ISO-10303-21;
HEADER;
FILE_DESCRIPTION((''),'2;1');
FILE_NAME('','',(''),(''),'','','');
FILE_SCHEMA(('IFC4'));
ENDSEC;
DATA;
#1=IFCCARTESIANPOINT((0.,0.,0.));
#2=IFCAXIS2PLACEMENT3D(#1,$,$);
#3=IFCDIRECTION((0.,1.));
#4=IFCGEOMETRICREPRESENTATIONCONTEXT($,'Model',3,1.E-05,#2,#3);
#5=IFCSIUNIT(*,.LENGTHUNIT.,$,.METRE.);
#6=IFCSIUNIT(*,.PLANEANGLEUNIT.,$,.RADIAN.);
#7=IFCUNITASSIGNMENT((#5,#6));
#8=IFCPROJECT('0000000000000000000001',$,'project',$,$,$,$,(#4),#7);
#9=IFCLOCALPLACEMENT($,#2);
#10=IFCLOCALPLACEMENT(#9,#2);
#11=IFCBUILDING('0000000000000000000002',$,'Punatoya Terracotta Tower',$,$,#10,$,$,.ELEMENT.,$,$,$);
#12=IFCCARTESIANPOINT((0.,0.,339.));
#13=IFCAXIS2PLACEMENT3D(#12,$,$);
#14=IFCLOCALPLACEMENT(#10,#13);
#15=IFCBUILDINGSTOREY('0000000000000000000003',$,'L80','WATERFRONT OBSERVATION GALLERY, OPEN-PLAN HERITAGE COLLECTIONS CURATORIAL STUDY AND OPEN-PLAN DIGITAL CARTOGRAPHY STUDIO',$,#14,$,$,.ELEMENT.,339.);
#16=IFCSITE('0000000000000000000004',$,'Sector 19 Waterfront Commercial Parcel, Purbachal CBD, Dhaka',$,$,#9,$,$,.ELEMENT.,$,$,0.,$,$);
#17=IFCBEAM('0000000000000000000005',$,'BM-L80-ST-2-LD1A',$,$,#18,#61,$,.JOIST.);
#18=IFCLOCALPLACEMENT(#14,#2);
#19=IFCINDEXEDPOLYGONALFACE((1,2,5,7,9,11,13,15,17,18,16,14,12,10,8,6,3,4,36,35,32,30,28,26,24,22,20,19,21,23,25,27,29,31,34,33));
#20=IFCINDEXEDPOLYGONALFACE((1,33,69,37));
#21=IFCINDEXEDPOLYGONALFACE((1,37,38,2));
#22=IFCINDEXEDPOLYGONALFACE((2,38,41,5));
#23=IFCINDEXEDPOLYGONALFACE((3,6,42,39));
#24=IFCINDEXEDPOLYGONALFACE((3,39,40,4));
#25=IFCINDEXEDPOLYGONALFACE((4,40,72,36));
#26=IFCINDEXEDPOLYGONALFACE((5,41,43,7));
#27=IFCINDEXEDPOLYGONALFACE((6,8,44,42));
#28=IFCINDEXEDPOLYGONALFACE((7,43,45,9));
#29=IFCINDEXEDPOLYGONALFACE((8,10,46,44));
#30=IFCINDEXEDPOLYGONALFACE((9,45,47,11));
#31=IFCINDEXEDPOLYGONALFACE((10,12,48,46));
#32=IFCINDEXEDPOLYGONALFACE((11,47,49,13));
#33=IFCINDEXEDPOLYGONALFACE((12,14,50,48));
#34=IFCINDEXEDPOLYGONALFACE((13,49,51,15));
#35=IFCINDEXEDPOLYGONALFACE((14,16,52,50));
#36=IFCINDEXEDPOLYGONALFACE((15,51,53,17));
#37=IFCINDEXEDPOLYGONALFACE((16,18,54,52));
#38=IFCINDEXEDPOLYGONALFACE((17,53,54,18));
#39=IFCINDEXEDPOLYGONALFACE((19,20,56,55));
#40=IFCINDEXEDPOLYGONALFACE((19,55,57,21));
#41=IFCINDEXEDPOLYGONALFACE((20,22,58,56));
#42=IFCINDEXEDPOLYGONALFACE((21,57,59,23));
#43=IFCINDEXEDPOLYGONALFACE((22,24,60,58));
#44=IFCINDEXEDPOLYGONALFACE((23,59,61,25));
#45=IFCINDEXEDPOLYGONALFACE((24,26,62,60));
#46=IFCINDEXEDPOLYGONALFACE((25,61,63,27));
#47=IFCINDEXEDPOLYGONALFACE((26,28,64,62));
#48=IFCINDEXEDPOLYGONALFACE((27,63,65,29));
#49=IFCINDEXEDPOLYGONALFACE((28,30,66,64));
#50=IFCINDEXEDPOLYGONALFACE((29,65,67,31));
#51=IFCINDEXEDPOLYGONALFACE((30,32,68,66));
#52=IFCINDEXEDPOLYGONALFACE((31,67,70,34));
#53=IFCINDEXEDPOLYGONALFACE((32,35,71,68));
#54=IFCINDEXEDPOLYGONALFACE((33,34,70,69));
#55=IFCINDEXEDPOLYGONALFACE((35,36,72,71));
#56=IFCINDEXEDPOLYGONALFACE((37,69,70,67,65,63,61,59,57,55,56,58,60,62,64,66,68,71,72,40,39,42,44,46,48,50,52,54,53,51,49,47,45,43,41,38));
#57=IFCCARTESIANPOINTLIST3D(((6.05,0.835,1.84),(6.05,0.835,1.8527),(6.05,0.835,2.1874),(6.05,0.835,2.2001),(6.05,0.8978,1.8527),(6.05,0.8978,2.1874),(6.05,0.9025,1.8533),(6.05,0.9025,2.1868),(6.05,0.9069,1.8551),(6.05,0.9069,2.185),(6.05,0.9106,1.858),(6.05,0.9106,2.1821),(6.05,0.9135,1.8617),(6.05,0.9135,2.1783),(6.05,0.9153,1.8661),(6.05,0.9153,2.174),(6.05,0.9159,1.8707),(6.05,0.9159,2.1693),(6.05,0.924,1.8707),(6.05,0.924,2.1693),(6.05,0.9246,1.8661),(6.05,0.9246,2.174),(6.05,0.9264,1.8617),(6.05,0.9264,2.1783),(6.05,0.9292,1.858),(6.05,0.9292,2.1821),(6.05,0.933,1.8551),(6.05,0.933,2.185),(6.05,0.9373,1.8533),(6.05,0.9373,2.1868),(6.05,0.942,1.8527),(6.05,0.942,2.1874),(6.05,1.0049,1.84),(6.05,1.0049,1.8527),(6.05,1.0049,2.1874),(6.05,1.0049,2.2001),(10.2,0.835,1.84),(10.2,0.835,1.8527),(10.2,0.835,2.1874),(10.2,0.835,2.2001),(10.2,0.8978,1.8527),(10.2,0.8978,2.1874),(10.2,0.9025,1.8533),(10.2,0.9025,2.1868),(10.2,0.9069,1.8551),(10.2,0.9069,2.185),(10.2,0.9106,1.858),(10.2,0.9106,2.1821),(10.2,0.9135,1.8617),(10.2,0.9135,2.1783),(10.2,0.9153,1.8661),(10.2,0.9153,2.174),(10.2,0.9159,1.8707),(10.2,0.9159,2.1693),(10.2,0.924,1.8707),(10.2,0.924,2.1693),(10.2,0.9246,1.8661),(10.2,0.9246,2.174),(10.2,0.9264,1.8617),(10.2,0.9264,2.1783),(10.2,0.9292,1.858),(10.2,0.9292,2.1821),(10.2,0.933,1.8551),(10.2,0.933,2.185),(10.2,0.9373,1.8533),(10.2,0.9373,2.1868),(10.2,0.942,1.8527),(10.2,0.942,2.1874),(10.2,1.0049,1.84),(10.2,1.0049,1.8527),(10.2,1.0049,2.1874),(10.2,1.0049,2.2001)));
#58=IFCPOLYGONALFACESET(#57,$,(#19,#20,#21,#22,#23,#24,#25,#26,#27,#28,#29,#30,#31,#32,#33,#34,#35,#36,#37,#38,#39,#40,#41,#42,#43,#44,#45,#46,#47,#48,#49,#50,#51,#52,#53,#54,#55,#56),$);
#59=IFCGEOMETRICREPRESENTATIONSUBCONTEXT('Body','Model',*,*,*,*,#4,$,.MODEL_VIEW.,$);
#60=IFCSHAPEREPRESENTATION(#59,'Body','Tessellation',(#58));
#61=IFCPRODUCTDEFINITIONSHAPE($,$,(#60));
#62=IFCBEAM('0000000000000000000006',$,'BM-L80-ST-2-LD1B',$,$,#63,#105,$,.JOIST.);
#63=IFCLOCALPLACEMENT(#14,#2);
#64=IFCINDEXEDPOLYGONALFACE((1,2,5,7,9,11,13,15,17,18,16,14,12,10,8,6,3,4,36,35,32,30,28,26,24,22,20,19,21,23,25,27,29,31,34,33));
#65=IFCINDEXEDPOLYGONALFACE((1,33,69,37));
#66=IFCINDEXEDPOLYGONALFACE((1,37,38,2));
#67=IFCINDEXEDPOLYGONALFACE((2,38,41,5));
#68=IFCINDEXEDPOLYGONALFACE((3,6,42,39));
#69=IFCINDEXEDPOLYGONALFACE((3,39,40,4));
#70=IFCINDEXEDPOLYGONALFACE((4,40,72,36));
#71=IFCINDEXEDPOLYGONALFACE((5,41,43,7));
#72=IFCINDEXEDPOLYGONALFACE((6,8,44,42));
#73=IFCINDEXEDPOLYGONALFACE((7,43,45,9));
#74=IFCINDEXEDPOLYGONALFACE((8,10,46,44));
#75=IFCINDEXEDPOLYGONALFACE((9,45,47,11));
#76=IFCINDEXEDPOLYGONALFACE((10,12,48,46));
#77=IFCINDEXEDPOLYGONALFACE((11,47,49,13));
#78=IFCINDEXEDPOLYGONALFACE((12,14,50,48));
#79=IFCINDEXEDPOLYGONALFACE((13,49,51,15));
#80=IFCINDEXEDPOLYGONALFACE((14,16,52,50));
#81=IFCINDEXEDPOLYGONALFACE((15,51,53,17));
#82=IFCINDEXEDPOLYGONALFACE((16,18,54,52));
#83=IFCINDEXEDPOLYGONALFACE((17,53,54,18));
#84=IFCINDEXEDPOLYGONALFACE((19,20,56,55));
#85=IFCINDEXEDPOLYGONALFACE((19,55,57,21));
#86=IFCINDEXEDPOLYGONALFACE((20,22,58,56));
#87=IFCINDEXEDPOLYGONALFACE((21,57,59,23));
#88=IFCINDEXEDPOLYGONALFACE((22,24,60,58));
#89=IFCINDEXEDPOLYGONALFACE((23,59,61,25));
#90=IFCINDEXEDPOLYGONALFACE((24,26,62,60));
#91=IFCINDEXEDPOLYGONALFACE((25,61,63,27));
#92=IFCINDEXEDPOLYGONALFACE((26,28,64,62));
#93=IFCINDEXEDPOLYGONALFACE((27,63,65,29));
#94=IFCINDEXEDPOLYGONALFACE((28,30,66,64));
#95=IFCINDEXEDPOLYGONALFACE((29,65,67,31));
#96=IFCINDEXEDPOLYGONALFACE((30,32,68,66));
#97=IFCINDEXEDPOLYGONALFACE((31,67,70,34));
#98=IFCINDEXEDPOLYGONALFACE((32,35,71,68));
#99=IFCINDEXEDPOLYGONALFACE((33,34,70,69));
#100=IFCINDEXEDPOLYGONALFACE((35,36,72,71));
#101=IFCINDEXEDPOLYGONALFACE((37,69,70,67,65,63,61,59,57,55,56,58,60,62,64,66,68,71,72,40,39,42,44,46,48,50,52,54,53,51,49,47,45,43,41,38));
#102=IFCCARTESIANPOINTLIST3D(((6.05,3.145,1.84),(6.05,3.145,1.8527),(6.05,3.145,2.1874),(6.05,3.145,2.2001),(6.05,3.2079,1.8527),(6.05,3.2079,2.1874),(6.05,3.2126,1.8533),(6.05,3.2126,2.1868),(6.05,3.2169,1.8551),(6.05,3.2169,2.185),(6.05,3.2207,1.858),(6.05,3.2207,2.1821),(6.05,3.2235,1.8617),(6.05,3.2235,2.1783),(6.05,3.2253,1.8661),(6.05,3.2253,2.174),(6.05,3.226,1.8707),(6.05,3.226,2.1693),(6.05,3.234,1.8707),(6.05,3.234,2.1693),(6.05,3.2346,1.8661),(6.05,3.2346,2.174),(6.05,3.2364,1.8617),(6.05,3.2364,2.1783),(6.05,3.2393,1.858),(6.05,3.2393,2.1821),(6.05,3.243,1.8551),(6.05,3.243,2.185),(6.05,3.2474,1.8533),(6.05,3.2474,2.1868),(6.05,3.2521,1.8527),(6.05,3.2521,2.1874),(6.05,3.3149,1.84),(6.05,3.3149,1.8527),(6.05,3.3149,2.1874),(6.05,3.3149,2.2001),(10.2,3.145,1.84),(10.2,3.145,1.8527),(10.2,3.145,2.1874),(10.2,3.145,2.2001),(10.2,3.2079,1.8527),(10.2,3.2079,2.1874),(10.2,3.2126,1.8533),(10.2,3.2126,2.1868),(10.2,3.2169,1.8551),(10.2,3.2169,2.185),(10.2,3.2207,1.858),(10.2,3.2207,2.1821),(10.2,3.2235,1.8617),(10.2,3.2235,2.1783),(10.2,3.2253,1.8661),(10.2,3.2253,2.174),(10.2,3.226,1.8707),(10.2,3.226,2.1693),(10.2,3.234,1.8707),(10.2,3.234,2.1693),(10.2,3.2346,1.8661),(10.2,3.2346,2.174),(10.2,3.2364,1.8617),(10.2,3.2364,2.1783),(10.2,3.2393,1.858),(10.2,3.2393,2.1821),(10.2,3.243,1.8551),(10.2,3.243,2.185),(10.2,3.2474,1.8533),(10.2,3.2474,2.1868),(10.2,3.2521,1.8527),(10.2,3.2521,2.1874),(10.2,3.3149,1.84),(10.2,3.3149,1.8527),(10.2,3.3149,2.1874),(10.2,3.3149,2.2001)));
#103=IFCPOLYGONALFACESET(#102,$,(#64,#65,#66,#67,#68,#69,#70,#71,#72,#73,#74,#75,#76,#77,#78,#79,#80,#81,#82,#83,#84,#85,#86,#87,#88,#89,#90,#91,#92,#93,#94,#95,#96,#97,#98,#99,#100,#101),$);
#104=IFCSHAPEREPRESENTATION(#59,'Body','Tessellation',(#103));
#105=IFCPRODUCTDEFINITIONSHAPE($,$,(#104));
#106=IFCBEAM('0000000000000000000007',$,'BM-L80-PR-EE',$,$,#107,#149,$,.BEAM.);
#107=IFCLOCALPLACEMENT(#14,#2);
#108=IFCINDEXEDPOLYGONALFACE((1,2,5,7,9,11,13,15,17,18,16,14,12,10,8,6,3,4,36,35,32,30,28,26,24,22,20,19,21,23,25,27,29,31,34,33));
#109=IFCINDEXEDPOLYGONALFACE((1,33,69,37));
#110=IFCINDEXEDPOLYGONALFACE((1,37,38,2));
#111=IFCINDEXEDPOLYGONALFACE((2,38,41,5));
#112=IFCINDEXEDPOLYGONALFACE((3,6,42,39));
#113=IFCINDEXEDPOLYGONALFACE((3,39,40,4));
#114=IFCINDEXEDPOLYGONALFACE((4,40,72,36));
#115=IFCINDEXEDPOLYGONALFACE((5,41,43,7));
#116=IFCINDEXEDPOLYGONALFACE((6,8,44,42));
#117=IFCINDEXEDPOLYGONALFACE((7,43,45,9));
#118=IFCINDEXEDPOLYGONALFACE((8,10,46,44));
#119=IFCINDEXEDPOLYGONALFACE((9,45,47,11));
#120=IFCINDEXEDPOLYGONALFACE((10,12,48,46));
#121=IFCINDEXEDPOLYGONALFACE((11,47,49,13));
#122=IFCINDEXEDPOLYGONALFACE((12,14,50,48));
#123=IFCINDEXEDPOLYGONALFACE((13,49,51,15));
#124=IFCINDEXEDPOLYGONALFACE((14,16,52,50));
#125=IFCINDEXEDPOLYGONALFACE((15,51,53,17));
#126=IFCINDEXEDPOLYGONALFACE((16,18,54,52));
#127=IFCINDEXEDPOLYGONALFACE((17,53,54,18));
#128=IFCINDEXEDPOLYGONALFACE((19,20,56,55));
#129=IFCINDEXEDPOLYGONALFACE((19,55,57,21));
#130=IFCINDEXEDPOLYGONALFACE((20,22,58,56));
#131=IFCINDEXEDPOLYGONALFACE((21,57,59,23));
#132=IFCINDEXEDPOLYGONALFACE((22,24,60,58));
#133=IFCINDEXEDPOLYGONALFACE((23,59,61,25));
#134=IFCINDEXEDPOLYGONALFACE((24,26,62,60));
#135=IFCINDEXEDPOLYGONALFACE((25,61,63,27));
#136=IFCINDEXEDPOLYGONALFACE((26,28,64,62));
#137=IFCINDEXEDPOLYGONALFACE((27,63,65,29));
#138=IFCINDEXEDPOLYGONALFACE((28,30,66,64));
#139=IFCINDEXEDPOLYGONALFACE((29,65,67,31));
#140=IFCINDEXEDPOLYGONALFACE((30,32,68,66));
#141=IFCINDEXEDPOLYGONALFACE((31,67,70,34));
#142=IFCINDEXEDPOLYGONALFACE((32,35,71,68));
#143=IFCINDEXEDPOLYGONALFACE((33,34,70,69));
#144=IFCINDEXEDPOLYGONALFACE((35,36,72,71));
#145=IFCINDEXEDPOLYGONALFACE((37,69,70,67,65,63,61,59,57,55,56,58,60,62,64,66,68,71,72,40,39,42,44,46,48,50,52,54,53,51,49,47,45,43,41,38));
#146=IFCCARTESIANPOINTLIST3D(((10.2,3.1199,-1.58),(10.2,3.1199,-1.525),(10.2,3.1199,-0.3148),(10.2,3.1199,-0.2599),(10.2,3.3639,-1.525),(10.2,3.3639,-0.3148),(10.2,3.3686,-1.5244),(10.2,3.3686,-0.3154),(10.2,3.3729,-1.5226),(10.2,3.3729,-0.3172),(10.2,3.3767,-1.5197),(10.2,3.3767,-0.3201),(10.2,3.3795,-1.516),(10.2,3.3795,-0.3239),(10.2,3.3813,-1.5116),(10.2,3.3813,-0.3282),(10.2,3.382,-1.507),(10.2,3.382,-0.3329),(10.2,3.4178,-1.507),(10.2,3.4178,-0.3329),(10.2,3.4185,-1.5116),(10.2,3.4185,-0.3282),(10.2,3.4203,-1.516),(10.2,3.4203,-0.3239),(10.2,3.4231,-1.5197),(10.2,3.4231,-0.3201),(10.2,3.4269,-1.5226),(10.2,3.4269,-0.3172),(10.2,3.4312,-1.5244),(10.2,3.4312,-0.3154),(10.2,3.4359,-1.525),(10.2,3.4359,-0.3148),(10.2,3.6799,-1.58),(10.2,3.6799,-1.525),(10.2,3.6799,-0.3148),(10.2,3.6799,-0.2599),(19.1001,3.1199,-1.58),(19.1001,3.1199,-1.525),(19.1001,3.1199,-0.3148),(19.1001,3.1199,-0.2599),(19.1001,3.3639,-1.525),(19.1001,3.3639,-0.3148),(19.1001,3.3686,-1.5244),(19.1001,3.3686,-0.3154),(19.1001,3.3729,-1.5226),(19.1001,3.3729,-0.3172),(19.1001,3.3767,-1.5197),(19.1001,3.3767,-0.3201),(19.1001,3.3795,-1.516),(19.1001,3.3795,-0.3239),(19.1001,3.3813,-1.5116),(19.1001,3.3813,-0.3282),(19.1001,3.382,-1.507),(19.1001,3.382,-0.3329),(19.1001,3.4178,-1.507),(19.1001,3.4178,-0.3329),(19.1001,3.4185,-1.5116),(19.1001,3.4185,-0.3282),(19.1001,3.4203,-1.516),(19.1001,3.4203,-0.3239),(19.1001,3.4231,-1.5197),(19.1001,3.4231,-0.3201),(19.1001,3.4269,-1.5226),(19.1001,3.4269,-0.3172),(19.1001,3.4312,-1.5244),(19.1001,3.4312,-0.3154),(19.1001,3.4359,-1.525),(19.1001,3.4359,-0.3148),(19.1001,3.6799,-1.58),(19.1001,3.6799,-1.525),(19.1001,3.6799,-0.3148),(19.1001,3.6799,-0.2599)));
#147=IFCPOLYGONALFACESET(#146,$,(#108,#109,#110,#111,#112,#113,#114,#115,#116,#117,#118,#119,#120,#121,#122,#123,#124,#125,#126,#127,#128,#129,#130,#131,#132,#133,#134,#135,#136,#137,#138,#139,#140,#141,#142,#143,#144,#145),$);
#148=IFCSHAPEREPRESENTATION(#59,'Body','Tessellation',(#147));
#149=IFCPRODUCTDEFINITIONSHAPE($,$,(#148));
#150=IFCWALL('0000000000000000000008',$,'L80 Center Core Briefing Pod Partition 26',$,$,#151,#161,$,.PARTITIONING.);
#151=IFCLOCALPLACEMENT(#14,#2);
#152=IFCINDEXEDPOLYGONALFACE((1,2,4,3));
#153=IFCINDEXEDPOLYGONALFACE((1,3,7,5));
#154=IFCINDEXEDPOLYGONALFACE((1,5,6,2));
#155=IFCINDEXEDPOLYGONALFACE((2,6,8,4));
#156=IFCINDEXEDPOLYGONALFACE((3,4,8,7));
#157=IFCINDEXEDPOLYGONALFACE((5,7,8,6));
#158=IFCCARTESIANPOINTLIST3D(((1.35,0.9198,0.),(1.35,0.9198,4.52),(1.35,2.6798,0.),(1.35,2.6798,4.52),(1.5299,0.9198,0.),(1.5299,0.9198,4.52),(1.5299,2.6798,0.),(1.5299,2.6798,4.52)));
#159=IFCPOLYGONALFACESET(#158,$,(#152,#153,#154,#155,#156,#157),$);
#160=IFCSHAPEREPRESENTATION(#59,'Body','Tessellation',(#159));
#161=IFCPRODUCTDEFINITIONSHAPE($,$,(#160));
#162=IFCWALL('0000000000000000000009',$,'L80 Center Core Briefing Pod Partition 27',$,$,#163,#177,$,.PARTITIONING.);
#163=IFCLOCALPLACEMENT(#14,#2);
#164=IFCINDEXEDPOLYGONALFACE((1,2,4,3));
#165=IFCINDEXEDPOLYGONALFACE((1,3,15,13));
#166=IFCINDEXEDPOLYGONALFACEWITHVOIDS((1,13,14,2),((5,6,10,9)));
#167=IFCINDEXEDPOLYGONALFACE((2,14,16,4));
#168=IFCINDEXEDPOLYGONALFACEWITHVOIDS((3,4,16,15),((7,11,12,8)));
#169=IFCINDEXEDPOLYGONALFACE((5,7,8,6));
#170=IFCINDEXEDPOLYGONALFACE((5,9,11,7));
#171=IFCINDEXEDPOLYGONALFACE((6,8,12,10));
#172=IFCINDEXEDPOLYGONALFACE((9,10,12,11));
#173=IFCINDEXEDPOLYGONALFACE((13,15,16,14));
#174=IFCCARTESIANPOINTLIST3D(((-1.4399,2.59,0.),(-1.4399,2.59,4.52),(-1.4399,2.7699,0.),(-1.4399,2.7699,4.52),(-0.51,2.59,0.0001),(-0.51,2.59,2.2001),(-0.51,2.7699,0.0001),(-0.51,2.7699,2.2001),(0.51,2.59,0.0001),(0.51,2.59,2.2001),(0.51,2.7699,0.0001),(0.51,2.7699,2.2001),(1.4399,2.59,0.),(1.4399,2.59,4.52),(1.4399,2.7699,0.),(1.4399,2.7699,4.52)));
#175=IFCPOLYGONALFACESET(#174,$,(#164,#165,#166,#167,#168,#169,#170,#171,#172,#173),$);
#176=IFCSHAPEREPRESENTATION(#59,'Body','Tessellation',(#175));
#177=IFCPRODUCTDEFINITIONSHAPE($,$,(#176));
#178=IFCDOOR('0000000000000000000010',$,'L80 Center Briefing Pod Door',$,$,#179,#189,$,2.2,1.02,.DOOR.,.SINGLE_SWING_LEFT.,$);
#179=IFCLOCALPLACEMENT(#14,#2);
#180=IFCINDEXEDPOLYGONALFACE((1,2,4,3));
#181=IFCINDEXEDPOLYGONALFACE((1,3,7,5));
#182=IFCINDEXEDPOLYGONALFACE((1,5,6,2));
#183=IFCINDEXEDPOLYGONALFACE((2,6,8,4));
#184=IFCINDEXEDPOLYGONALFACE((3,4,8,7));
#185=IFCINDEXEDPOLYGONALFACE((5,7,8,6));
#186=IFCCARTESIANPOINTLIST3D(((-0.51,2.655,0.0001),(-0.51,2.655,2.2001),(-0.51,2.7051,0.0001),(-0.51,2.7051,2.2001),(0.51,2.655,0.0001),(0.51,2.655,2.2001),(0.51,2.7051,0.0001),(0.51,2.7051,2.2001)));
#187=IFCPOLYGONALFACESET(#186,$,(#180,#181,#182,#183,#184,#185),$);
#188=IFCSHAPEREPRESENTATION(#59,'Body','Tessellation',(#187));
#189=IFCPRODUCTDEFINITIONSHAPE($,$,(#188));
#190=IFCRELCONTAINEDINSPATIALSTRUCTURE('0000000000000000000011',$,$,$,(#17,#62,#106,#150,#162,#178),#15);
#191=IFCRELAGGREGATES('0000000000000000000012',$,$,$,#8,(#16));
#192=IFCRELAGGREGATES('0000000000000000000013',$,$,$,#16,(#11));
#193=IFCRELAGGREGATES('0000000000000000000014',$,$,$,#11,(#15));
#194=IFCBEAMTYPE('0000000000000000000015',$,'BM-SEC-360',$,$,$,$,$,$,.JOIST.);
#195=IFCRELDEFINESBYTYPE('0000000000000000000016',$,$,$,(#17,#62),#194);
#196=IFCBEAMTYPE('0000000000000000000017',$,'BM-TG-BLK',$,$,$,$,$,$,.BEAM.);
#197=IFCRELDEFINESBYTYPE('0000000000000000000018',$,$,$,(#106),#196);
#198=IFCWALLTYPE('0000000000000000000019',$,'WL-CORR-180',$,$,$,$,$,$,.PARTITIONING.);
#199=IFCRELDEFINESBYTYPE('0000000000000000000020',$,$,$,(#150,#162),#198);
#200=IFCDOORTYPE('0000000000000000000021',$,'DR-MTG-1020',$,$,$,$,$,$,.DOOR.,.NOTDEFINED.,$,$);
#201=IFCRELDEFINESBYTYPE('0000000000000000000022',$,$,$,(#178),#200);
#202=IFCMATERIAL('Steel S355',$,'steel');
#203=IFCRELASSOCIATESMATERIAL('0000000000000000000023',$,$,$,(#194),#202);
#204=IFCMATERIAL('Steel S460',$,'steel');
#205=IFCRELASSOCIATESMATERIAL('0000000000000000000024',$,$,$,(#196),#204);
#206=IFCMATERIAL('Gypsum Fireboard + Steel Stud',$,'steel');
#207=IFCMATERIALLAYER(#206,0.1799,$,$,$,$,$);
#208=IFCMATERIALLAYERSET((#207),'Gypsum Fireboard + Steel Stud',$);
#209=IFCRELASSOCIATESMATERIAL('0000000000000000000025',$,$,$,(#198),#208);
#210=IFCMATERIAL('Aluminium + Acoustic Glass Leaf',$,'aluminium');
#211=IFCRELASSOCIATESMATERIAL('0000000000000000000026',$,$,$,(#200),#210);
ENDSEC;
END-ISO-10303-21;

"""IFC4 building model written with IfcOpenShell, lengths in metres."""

from ifc_helpers import new_model, si_unit, direction, frame, frame_2d, origin, origin_2d, place, context, subcontext, project, spatial, rectangle, i_section, extrude, material, layer, layer_set, material_profile, profile_set, type_object, element, fill, save


model = new_model("IFC4")

# Units and contexts
model_context = context("Model", 3, precision=1e-05, world=origin(), true_north=direction((0.0, 1.0)))
body_context = subcontext(model_context, "Body", "Model", "MODEL_VIEW")
ifc_project = project(units=[si_unit("LENGTHUNIT", "METRE"), si_unit("PLANEANGLEUNIT", "RADIAN")], contexts=[model_context])

# Site, building, storey
site_placement = place(None, origin())
site = spatial("IfcSite", under=ifc_project, at=site_placement, Name="Sector 19 Waterfront Commercial Parcel, Purbachal CBD, Dhaka", CompositionType="ELEMENT", RefElevation=0.0)
building_placement = place(site_placement, origin())
building = spatial("IfcBuilding", under=site, at=building_placement, Name="Punatoya Terracotta Tower", CompositionType="ELEMENT")
storey_placement = place(building_placement, frame((0.0, 0.0, 339.0)))
storey = spatial("IfcBuildingStorey", under=building, at=storey_placement, Name="L80", Description="WATERFRONT OBSERVATION GALLERY, OPEN-PLAN HERITAGE COLLECTIONS CURATORIAL STUDY AND OPEN-PLAN DIGITAL CARTOGRAPHY STUDIO", CompositionType="ELEMENT", Elevation=339.0)

# Beams
ifc_material_1 = material(Name="Steel S355", Category="steel")
ifc_material_profile_1 = material_profile(ifc_material_1, i_section(OverallWidth=0.1699, OverallDepth=0.3601, WebThickness=0.0081, FlangeThickness=0.0127, FilletRadius=0.0181, at=origin_2d()))
ifc_profile_set_1 = profile_set([ifc_material_profile_1], Name="Steel S355")
beam_type_1 = type_object("IfcBeamType", Name="BM-SEC-360", PredefinedType="JOIST", material=ifc_profile_set_1)
for number, where, z_axis, x_axis, name in (
    (1, (6.05, 0.9199, 2.02), (1.0, 0.0, 0.0), (0.0, 1.0, 0.0), "BM-L80-ST-2-LD1A"),
    (2, (6.05, 3.23, 2.02), (1.0, 0.0, 0.0), (0.0, 1.0, 0.0), "BM-L80-ST-2-LD1B"),
):
    element("IfcBeam", number, at=place(storey_placement, frame(where, z_axis=z_axis, x_axis=x_axis)), inside=storey, type_object=beam_type_1, Name=name, PredefinedType="JOIST", context=body_context, shape_type="SweptSolid", body=[
        extrude(i_section(OverallWidth=0.1699, OverallDepth=0.3601, WebThickness=0.0081, FlangeThickness=0.0127, FilletRadius=0.0181, at=origin_2d()), origin(), (0.0, 0.0, 1.0), 4.1499),
    ])
ifc_material_2 = material(Name="Steel S460", Category="steel")
ifc_material_profile_2 = material_profile(ifc_material_2, i_section(OverallWidth=0.5601, OverallDepth=1.3201, WebThickness=0.0359, FlangeThickness=0.0549, FilletRadius=0.0181, at=origin_2d()))
ifc_profile_set_2 = profile_set([ifc_material_profile_2], Name="Steel S460")
beam_type_2 = type_object("IfcBeamType", Name="BM-TG-BLK", PredefinedType="BEAM", material=ifc_profile_set_2)
beam_placement = place(storey_placement, frame((10.2, 3.3999, -0.9199), z_axis=(1.0, 0.0, 0.0), x_axis=(0.0, 1.0, 0.0)))
element("IfcBeam", 3, at=beam_placement, inside=storey, type_object=beam_type_2, Name="BM-L80-PR-EE", PredefinedType="BEAM", context=body_context, shape_type="SweptSolid", body=[
    extrude(i_section(OverallWidth=0.5601, OverallDepth=1.3201, WebThickness=0.0359, FlangeThickness=0.0549, FilletRadius=0.0181, at=origin_2d()), origin(), (0.0, 0.0, 1.0), 8.9001),
])

# Wall
ifc_material_3 = material(Name="Gypsum Fireboard + Steel Stud", Category="steel")
ifc_layer_1 = layer(ifc_material_3, 0.1799)
ifc_layer_set_1 = layer_set([ifc_layer_1], Name="Gypsum Fireboard + Steel Stud")
wall_type_1 = type_object("IfcWallType", Name="WL-CORR-180", PredefinedType="PARTITIONING", material=ifc_layer_set_1)
wall_1_placement = place(storey_placement, frame((1.4399, 0.9199, 0.0), z_axis=(0.0, 0.0, 1.0), x_axis=(0.0, 1.0, 0.0)))
element("IfcWall", 4, at=wall_1_placement, inside=storey, type_object=wall_type_1, Name="L80 Center Core Briefing Pod Partition 26", PredefinedType="PARTITIONING", context=body_context, shape_type="SweptSolid", body=[
    extrude(rectangle(XDim=1.76, YDim=0.1799, at=frame_2d((0.8799, 0.0))), origin(), (0.0, 0.0, 1.0), 4.52),
])

# Wall, opening, door
wall_2_placement = place(storey_placement, frame((1.4399, 2.6799, 0.0), z_axis=(0.0, 0.0, 1.0), x_axis=(-1.0, 0.0, 0.0)))
wall_2 = element("IfcWall", 5, at=wall_2_placement, inside=storey, type_object=wall_type_1, Name="L80 Center Core Briefing Pod Partition 27", PredefinedType="PARTITIONING", context=body_context, shape_type="SweptSolid", body=[
    extrude(rectangle(XDim=2.8799, YDim=0.1799, at=frame_2d((1.4399, 0.0))), origin(), (0.0, 0.0, 1.0), 4.52),
])
opening_1_placement = place(wall_2_placement, frame((0.9299, 0.0, 0.0)))
opening_1 = element("IfcOpeningElement", 6, at=opening_1_placement, cuts=wall_2, PredefinedType="OPENING", context=body_context, shape_type="SweptSolid", body=[
    extrude(rectangle(XDim=1.02, YDim=2.2, at=frame_2d((0.51, 1.1001))), frame((0.0, 0.0999, 0.0), z_axis=(0.0, -1.0, 0.0), x_axis=(1.0, 0.0, 0.0)), (0.0, 0.0, 1.0), 0.2),
])
ifc_material_4 = material(Name="Aluminium + Acoustic Glass Leaf", Category="aluminium")
door_type_1 = type_object("IfcDoorType", Name="DR-MTG-1020", OperationType="NOTDEFINED", PredefinedType="DOOR", material=ifc_material_4)
door_1_placement = place(opening_1_placement, origin())
door_1 = element("IfcDoor", 7, at=door_1_placement, inside=storey, type_object=door_type_1, Name="L80 Center Briefing Pod Door", OperationType="SINGLE_SWING_LEFT", OverallHeight=2.2, OverallWidth=1.02, PredefinedType="DOOR", context=body_context, shape_type="SweptSolid", body=[
    extrude(rectangle(XDim=1.02, YDim=2.2, at=frame_2d((0.51, 1.1001))), frame((0.0, 0.0249, 0.0), z_axis=(0.0, -1.0, 0.0), x_axis=(1.0, 0.0, 0.0)), (0.0, 0.0, 1.0), 0.05),
])
fill(opening_1, door_1)

save(model, "model.ifc")
